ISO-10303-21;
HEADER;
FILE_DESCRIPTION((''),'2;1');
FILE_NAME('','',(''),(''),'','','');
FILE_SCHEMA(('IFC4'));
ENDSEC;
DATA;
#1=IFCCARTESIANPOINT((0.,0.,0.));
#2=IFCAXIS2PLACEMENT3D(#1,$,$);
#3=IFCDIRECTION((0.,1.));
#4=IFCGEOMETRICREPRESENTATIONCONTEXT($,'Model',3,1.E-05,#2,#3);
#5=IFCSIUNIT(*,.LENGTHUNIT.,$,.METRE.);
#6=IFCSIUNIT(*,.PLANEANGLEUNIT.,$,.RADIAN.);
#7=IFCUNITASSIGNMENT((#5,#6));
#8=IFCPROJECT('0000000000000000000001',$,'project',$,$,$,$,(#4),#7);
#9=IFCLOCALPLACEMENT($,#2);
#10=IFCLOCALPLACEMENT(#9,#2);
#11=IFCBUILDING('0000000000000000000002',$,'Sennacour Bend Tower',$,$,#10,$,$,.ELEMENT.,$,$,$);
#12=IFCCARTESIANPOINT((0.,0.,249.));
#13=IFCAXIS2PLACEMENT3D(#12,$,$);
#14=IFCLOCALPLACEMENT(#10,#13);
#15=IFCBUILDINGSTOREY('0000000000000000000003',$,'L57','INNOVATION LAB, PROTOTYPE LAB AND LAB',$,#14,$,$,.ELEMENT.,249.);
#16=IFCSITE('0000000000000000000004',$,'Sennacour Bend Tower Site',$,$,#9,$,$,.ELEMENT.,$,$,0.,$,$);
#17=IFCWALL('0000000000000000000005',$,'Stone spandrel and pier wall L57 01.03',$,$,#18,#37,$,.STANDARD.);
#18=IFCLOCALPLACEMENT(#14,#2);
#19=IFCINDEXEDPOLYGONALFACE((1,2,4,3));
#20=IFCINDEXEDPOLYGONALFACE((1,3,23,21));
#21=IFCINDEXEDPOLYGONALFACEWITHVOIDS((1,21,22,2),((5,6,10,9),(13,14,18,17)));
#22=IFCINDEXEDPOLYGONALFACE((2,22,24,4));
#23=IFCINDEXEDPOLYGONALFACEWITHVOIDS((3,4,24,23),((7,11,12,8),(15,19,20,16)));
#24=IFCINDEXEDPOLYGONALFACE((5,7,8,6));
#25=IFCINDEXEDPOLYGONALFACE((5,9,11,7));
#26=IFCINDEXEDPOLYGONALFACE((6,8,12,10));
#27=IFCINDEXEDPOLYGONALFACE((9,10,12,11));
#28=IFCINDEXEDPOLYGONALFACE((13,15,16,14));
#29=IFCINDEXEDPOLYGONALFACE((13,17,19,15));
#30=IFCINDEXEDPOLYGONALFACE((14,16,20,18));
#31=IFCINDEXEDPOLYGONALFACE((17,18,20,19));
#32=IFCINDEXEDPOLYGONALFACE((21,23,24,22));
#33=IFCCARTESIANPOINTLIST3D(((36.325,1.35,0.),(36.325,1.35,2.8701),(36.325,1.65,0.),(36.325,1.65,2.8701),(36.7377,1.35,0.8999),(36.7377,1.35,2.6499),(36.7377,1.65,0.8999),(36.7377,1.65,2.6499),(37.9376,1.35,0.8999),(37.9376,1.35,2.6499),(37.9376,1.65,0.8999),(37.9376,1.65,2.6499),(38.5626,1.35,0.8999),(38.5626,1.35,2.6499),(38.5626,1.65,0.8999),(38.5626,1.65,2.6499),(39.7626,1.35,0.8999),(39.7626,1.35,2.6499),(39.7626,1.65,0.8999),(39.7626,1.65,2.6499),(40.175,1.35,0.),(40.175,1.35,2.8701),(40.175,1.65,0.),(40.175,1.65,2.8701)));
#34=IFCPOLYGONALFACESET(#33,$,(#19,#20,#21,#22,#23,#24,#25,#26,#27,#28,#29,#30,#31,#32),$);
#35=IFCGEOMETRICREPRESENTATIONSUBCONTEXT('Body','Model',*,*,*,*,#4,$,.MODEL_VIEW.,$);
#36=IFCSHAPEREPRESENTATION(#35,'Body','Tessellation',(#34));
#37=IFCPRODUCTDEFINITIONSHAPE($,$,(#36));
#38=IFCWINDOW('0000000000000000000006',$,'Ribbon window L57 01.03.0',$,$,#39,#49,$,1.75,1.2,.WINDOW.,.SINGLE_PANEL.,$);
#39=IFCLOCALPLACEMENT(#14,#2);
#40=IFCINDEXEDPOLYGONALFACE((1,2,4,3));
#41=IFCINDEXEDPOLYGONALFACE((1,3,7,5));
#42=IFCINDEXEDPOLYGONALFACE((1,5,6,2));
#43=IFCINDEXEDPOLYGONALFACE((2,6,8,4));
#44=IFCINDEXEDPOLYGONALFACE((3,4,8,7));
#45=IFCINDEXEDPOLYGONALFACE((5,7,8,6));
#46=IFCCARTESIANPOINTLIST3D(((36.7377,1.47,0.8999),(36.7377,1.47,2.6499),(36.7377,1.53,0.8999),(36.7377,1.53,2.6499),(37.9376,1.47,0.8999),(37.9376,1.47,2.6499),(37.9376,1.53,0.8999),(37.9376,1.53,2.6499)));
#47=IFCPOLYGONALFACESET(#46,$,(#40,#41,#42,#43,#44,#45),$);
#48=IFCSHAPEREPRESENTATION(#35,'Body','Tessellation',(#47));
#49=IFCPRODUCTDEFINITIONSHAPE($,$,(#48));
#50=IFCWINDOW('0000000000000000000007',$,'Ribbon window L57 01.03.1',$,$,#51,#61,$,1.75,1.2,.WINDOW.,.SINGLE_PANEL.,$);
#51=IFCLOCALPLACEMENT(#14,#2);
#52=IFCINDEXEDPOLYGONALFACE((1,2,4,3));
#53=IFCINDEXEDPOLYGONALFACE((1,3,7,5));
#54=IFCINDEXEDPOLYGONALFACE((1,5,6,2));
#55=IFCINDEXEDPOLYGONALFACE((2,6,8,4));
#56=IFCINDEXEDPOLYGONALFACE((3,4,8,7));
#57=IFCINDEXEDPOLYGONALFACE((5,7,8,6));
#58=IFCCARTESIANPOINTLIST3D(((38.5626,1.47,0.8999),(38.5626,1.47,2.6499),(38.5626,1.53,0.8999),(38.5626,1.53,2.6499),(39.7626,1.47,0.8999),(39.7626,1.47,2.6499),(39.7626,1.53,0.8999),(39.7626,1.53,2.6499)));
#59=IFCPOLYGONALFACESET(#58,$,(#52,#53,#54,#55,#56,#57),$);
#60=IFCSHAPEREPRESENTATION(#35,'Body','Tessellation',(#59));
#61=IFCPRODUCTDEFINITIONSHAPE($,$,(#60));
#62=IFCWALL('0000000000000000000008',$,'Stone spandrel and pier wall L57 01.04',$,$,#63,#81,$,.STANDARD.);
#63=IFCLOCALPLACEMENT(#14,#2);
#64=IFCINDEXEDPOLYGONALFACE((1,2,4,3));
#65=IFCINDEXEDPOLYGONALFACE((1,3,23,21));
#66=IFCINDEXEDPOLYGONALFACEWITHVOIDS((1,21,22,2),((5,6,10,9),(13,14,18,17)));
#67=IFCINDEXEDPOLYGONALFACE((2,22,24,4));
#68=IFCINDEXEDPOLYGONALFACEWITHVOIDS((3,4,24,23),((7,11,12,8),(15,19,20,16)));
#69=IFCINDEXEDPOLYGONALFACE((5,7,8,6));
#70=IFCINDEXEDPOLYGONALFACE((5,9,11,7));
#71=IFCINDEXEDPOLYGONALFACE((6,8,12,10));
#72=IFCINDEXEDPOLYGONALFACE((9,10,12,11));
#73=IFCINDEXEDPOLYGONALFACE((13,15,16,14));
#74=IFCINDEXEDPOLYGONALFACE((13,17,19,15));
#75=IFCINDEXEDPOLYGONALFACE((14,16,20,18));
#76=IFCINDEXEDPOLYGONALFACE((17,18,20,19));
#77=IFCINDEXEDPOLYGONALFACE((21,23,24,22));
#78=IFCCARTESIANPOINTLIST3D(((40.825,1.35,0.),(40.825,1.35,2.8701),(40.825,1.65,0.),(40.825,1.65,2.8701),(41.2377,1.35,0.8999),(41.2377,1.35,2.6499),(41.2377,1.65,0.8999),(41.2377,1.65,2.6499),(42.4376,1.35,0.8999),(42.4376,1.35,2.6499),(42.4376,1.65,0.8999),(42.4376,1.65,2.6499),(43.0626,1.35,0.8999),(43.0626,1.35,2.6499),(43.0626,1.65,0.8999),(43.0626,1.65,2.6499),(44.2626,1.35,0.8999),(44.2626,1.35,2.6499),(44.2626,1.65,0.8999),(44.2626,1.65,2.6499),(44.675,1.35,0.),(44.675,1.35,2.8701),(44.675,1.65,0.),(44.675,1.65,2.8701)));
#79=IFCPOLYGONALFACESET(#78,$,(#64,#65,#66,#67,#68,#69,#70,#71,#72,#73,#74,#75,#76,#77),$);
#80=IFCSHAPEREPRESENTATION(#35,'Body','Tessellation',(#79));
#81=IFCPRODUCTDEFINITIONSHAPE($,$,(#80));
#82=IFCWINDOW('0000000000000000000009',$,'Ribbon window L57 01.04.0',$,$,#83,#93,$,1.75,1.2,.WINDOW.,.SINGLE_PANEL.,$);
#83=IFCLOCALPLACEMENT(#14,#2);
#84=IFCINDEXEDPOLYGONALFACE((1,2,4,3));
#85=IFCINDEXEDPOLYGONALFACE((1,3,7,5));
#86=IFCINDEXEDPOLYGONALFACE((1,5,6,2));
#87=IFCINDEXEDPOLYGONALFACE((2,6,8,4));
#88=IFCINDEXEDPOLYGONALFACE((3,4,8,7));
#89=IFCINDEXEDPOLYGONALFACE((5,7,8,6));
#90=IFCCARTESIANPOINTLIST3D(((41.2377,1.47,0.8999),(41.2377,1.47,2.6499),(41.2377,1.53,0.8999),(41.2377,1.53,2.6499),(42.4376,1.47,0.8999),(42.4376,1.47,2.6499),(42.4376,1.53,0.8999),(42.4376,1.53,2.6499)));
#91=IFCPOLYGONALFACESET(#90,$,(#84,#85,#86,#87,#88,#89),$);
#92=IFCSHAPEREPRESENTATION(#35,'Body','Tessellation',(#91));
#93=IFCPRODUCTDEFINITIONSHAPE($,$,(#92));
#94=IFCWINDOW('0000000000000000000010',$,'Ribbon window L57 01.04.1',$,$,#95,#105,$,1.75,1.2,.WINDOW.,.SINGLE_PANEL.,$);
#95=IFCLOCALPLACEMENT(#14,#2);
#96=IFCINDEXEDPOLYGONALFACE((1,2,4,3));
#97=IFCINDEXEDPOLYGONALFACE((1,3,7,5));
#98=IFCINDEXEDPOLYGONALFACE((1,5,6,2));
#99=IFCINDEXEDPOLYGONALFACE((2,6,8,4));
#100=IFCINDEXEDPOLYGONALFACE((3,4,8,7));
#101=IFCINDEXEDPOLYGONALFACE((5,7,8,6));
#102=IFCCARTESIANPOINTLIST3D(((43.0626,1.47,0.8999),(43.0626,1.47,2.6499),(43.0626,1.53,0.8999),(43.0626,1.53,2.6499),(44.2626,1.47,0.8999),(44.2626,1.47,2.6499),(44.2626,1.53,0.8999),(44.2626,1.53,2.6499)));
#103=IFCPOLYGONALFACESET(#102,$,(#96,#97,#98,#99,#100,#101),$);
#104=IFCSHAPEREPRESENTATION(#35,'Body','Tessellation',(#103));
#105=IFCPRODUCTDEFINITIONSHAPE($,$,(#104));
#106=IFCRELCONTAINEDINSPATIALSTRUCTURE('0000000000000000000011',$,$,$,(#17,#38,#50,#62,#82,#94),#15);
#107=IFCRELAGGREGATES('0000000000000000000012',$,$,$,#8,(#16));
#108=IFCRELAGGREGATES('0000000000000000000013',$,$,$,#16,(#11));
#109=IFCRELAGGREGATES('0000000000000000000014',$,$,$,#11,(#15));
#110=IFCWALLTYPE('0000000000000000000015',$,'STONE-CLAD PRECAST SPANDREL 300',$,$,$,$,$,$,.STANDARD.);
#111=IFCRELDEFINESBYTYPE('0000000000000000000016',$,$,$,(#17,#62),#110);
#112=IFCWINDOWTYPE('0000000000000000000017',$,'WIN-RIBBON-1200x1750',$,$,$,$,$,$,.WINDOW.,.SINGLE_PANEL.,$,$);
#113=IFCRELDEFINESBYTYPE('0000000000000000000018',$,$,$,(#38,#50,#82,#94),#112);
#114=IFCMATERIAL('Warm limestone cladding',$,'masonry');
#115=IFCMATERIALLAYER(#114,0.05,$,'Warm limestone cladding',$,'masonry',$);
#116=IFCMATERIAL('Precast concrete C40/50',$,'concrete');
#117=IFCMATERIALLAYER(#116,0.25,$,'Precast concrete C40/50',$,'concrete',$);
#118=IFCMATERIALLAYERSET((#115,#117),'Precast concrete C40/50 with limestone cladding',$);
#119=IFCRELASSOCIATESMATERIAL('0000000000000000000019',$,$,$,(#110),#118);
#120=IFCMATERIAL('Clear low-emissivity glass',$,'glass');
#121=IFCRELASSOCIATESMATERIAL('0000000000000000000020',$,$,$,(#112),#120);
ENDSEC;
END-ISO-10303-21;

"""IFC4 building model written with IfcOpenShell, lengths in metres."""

from ifc_helpers import new_model, si_unit, direction, frame, frame_2d, origin, place, context, subcontext, project, spatial, rectangle, extrude, material, layer, layer_set, type_object, element, fill, save


model = new_model("IFC4")

# Units and contexts
model_context = context("Model", 3, precision=1e-05, world=origin(), true_north=direction((0.0, 1.0)))
body_context = subcontext(model_context, "Body", "Model", "MODEL_VIEW")
ifc_project = project(units=[si_unit("LENGTHUNIT", "METRE"), si_unit("PLANEANGLEUNIT", "RADIAN")], contexts=[model_context])

# Site, building, storey
site_placement = place(None, origin())
site = spatial("IfcSite", under=ifc_project, at=site_placement, Name="Sennacour Bend Tower Site", CompositionType="ELEMENT", RefElevation=0.0)
building_placement = place(site_placement, origin())
building = spatial("IfcBuilding", under=site, at=building_placement, Name="Sennacour Bend Tower", CompositionType="ELEMENT")
storey_placement = place(building_placement, frame((0.0, 0.0, 249.0)))
storey = spatial("IfcBuildingStorey", under=building, at=storey_placement, Name="L57", Description="INNOVATION LAB, PROTOTYPE LAB AND LAB", CompositionType="ELEMENT", Elevation=249.0)

# Walls, openings, windows
ifc_material_1 = material(Name="Warm limestone cladding", Category="masonry")
ifc_layer_1 = layer(ifc_material_1, 0.05, Name="Warm limestone cladding", Category="masonry")
ifc_material_2 = material(Name="Precast concrete C40/50", Category="concrete")
ifc_layer_2 = layer(ifc_material_2, 0.25, Name="Precast concrete C40/50", Category="concrete")
ifc_layer_set_1 = layer_set([ifc_layer_1, ifc_layer_2], Name="Precast concrete C40/50 with limestone cladding")
wall_type_1 = type_object("IfcWallType", Name="STONE-CLAD PRECAST SPANDREL 300", PredefinedType="STANDARD", material=ifc_layer_set_1)
wall_1_placement = place(storey_placement, frame((36.325, 1.5, 0.0), z_axis=(0.0, 0.0, 1.0), x_axis=(1.0, 0.0, 0.0)))
wall_1 = element("IfcWall", 1, at=wall_1_placement, inside=storey, type_object=wall_type_1, Name="Stone spandrel and pier wall L57 01.03", PredefinedType="STANDARD", context=body_context, shape_type="SweptSolid", body=[
    extrude(rectangle(XDim=3.8501, YDim=0.3, at=frame_2d((1.925, 0.0))), origin(), (0.0, 0.0, 1.0), 2.8701),
])
opening_1_placement = place(wall_1_placement, frame((0.4126, 0.0, 0.8999)))
opening_1 = element("IfcOpeningElement", 2, at=opening_1_placement, cuts=wall_1, PredefinedType="OPENING", context=body_context, shape_type="SweptSolid", body=[
    extrude(rectangle(XDim=1.2, YDim=1.75, at=frame_2d((0.6001, 0.875))), frame((0.0, 0.1602, 0.0), z_axis=(0.0, -1.0, 0.0), x_axis=(1.0, 0.0, 0.0)), (0.0, 0.0, 1.0), 0.3201),
])
opening_2_placement = place(wall_1_placement, frame((2.2375, 0.0, 0.8999)))
opening_2 = element("IfcOpeningElement", 3, at=opening_2_placement, cuts=wall_1, PredefinedType="OPENING", context=body_context, shape_type="SweptSolid", body=[
    extrude(rectangle(XDim=1.2, YDim=1.75, at=frame_2d((0.6001, 0.875))), frame((0.0, 0.1602, 0.0), z_axis=(0.0, -1.0, 0.0), x_axis=(1.0, 0.0, 0.0)), (0.0, 0.0, 1.0), 0.3201),
])
ifc_material_3 = material(Name="Clear low-emissivity glass", Category="glass")
window_type = type_object("IfcWindowType", Name="WIN-RIBBON-1200x1750", PartitioningType="SINGLE_PANEL", PredefinedType="WINDOW", material=ifc_material_3)
window_1_placement = place(opening_1_placement, origin())
window_1 = element("IfcWindow", 4, at=window_1_placement, inside=storey, type_object=window_type, Name="Ribbon window L57 01.03.0", OverallHeight=1.75, OverallWidth=1.2, PartitioningType="SINGLE_PANEL", PredefinedType="WINDOW", context=body_context, shape_type="SweptSolid", body=[
    extrude(rectangle(XDim=1.2, YDim=1.75, at=frame_2d((0.6001, 0.875))), frame((0.0, 0.03, 0.0), z_axis=(0.0, -1.0, 0.0), x_axis=(1.0, 0.0, 0.0)), (0.0, 0.0, 1.0), 0.0601),
])
fill(opening_1, window_1)
window_2_placement = place(opening_2_placement, origin())
window_2 = element("IfcWindow", 5, at=window_2_placement, inside=storey, type_object=window_type, Name="Ribbon window L57 01.03.1", OverallHeight=1.75, OverallWidth=1.2, PartitioningType="SINGLE_PANEL", PredefinedType="WINDOW", context=body_context, shape_type="SweptSolid", body=[
    extrude(rectangle(XDim=1.2, YDim=1.75, at=frame_2d((0.6001, 0.875))), frame((0.0, 0.03, 0.0), z_axis=(0.0, -1.0, 0.0), x_axis=(1.0, 0.0, 0.0)), (0.0, 0.0, 1.0), 0.0601),
])
fill(opening_2, window_2)
wall_2_placement = place(storey_placement, frame((40.825, 1.5, 0.0), z_axis=(0.0, 0.0, 1.0), x_axis=(1.0, 0.0, 0.0)))
wall_2 = element("IfcWall", 6, at=wall_2_placement, inside=storey, type_object=wall_type_1, Name="Stone spandrel and pier wall L57 01.04", PredefinedType="STANDARD", context=body_context, shape_type="SweptSolid", body=[
    extrude(rectangle(XDim=3.8501, YDim=0.3, at=frame_2d((1.925, 0.0))), origin(), (0.0, 0.0, 1.0), 2.8701),
])
opening_3_placement = place(wall_2_placement, frame((0.4126, 0.0, 0.8999)))
opening_3 = element("IfcOpeningElement", 7, at=opening_3_placement, cuts=wall_2, PredefinedType="OPENING", context=body_context, shape_type="SweptSolid", body=[
    extrude(rectangle(XDim=1.2, YDim=1.75, at=frame_2d((0.6001, 0.875))), frame((0.0, 0.1602, 0.0), z_axis=(0.0, -1.0, 0.0), x_axis=(1.0, 0.0, 0.0)), (0.0, 0.0, 1.0), 0.3201),
])
opening_4_placement = place(wall_2_placement, frame((2.2375, 0.0, 0.8999)))
opening_4 = element("IfcOpeningElement", 8, at=opening_4_placement, cuts=wall_2, PredefinedType="OPENING", context=body_context, shape_type="SweptSolid", body=[
    extrude(rectangle(XDim=1.2, YDim=1.75, at=frame_2d((0.6001, 0.875))), frame((0.0, 0.1602, 0.0), z_axis=(0.0, -1.0, 0.0), x_axis=(1.0, 0.0, 0.0)), (0.0, 0.0, 1.0), 0.3201),
])
window_3_placement = place(opening_3_placement, origin())
window_3 = element("IfcWindow", 9, at=window_3_placement, inside=storey, type_object=window_type, Name="Ribbon window L57 01.04.0", OverallHeight=1.75, OverallWidth=1.2, PartitioningType="SINGLE_PANEL", PredefinedType="WINDOW", context=body_context, shape_type="SweptSolid", body=[
    extrude(rectangle(XDim=1.2, YDim=1.75, at=frame_2d((0.6001, 0.875))), frame((0.0, 0.03, 0.0), z_axis=(0.0, -1.0, 0.0), x_axis=(1.0, 0.0, 0.0)), (0.0, 0.0, 1.0), 0.0601),
])
fill(opening_3, window_3)
window_4_placement = place(opening_4_placement, origin())
window_4 = element("IfcWindow", 10, at=window_4_placement, inside=storey, type_object=window_type, Name="Ribbon window L57 01.04.1", OverallHeight=1.75, OverallWidth=1.2, PartitioningType="SINGLE_PANEL", PredefinedType="WINDOW", context=body_context, shape_type="SweptSolid", body=[
    extrude(rectangle(XDim=1.2, YDim=1.75, at=frame_2d((0.6001, 0.875))), frame((0.0, 0.03, 0.0), z_axis=(0.0, -1.0, 0.0), x_axis=(1.0, 0.0, 0.0)), (0.0, 0.0, 1.0), 0.0601),
])
fill(opening_4, window_4)

save(model, "model.ifc")
